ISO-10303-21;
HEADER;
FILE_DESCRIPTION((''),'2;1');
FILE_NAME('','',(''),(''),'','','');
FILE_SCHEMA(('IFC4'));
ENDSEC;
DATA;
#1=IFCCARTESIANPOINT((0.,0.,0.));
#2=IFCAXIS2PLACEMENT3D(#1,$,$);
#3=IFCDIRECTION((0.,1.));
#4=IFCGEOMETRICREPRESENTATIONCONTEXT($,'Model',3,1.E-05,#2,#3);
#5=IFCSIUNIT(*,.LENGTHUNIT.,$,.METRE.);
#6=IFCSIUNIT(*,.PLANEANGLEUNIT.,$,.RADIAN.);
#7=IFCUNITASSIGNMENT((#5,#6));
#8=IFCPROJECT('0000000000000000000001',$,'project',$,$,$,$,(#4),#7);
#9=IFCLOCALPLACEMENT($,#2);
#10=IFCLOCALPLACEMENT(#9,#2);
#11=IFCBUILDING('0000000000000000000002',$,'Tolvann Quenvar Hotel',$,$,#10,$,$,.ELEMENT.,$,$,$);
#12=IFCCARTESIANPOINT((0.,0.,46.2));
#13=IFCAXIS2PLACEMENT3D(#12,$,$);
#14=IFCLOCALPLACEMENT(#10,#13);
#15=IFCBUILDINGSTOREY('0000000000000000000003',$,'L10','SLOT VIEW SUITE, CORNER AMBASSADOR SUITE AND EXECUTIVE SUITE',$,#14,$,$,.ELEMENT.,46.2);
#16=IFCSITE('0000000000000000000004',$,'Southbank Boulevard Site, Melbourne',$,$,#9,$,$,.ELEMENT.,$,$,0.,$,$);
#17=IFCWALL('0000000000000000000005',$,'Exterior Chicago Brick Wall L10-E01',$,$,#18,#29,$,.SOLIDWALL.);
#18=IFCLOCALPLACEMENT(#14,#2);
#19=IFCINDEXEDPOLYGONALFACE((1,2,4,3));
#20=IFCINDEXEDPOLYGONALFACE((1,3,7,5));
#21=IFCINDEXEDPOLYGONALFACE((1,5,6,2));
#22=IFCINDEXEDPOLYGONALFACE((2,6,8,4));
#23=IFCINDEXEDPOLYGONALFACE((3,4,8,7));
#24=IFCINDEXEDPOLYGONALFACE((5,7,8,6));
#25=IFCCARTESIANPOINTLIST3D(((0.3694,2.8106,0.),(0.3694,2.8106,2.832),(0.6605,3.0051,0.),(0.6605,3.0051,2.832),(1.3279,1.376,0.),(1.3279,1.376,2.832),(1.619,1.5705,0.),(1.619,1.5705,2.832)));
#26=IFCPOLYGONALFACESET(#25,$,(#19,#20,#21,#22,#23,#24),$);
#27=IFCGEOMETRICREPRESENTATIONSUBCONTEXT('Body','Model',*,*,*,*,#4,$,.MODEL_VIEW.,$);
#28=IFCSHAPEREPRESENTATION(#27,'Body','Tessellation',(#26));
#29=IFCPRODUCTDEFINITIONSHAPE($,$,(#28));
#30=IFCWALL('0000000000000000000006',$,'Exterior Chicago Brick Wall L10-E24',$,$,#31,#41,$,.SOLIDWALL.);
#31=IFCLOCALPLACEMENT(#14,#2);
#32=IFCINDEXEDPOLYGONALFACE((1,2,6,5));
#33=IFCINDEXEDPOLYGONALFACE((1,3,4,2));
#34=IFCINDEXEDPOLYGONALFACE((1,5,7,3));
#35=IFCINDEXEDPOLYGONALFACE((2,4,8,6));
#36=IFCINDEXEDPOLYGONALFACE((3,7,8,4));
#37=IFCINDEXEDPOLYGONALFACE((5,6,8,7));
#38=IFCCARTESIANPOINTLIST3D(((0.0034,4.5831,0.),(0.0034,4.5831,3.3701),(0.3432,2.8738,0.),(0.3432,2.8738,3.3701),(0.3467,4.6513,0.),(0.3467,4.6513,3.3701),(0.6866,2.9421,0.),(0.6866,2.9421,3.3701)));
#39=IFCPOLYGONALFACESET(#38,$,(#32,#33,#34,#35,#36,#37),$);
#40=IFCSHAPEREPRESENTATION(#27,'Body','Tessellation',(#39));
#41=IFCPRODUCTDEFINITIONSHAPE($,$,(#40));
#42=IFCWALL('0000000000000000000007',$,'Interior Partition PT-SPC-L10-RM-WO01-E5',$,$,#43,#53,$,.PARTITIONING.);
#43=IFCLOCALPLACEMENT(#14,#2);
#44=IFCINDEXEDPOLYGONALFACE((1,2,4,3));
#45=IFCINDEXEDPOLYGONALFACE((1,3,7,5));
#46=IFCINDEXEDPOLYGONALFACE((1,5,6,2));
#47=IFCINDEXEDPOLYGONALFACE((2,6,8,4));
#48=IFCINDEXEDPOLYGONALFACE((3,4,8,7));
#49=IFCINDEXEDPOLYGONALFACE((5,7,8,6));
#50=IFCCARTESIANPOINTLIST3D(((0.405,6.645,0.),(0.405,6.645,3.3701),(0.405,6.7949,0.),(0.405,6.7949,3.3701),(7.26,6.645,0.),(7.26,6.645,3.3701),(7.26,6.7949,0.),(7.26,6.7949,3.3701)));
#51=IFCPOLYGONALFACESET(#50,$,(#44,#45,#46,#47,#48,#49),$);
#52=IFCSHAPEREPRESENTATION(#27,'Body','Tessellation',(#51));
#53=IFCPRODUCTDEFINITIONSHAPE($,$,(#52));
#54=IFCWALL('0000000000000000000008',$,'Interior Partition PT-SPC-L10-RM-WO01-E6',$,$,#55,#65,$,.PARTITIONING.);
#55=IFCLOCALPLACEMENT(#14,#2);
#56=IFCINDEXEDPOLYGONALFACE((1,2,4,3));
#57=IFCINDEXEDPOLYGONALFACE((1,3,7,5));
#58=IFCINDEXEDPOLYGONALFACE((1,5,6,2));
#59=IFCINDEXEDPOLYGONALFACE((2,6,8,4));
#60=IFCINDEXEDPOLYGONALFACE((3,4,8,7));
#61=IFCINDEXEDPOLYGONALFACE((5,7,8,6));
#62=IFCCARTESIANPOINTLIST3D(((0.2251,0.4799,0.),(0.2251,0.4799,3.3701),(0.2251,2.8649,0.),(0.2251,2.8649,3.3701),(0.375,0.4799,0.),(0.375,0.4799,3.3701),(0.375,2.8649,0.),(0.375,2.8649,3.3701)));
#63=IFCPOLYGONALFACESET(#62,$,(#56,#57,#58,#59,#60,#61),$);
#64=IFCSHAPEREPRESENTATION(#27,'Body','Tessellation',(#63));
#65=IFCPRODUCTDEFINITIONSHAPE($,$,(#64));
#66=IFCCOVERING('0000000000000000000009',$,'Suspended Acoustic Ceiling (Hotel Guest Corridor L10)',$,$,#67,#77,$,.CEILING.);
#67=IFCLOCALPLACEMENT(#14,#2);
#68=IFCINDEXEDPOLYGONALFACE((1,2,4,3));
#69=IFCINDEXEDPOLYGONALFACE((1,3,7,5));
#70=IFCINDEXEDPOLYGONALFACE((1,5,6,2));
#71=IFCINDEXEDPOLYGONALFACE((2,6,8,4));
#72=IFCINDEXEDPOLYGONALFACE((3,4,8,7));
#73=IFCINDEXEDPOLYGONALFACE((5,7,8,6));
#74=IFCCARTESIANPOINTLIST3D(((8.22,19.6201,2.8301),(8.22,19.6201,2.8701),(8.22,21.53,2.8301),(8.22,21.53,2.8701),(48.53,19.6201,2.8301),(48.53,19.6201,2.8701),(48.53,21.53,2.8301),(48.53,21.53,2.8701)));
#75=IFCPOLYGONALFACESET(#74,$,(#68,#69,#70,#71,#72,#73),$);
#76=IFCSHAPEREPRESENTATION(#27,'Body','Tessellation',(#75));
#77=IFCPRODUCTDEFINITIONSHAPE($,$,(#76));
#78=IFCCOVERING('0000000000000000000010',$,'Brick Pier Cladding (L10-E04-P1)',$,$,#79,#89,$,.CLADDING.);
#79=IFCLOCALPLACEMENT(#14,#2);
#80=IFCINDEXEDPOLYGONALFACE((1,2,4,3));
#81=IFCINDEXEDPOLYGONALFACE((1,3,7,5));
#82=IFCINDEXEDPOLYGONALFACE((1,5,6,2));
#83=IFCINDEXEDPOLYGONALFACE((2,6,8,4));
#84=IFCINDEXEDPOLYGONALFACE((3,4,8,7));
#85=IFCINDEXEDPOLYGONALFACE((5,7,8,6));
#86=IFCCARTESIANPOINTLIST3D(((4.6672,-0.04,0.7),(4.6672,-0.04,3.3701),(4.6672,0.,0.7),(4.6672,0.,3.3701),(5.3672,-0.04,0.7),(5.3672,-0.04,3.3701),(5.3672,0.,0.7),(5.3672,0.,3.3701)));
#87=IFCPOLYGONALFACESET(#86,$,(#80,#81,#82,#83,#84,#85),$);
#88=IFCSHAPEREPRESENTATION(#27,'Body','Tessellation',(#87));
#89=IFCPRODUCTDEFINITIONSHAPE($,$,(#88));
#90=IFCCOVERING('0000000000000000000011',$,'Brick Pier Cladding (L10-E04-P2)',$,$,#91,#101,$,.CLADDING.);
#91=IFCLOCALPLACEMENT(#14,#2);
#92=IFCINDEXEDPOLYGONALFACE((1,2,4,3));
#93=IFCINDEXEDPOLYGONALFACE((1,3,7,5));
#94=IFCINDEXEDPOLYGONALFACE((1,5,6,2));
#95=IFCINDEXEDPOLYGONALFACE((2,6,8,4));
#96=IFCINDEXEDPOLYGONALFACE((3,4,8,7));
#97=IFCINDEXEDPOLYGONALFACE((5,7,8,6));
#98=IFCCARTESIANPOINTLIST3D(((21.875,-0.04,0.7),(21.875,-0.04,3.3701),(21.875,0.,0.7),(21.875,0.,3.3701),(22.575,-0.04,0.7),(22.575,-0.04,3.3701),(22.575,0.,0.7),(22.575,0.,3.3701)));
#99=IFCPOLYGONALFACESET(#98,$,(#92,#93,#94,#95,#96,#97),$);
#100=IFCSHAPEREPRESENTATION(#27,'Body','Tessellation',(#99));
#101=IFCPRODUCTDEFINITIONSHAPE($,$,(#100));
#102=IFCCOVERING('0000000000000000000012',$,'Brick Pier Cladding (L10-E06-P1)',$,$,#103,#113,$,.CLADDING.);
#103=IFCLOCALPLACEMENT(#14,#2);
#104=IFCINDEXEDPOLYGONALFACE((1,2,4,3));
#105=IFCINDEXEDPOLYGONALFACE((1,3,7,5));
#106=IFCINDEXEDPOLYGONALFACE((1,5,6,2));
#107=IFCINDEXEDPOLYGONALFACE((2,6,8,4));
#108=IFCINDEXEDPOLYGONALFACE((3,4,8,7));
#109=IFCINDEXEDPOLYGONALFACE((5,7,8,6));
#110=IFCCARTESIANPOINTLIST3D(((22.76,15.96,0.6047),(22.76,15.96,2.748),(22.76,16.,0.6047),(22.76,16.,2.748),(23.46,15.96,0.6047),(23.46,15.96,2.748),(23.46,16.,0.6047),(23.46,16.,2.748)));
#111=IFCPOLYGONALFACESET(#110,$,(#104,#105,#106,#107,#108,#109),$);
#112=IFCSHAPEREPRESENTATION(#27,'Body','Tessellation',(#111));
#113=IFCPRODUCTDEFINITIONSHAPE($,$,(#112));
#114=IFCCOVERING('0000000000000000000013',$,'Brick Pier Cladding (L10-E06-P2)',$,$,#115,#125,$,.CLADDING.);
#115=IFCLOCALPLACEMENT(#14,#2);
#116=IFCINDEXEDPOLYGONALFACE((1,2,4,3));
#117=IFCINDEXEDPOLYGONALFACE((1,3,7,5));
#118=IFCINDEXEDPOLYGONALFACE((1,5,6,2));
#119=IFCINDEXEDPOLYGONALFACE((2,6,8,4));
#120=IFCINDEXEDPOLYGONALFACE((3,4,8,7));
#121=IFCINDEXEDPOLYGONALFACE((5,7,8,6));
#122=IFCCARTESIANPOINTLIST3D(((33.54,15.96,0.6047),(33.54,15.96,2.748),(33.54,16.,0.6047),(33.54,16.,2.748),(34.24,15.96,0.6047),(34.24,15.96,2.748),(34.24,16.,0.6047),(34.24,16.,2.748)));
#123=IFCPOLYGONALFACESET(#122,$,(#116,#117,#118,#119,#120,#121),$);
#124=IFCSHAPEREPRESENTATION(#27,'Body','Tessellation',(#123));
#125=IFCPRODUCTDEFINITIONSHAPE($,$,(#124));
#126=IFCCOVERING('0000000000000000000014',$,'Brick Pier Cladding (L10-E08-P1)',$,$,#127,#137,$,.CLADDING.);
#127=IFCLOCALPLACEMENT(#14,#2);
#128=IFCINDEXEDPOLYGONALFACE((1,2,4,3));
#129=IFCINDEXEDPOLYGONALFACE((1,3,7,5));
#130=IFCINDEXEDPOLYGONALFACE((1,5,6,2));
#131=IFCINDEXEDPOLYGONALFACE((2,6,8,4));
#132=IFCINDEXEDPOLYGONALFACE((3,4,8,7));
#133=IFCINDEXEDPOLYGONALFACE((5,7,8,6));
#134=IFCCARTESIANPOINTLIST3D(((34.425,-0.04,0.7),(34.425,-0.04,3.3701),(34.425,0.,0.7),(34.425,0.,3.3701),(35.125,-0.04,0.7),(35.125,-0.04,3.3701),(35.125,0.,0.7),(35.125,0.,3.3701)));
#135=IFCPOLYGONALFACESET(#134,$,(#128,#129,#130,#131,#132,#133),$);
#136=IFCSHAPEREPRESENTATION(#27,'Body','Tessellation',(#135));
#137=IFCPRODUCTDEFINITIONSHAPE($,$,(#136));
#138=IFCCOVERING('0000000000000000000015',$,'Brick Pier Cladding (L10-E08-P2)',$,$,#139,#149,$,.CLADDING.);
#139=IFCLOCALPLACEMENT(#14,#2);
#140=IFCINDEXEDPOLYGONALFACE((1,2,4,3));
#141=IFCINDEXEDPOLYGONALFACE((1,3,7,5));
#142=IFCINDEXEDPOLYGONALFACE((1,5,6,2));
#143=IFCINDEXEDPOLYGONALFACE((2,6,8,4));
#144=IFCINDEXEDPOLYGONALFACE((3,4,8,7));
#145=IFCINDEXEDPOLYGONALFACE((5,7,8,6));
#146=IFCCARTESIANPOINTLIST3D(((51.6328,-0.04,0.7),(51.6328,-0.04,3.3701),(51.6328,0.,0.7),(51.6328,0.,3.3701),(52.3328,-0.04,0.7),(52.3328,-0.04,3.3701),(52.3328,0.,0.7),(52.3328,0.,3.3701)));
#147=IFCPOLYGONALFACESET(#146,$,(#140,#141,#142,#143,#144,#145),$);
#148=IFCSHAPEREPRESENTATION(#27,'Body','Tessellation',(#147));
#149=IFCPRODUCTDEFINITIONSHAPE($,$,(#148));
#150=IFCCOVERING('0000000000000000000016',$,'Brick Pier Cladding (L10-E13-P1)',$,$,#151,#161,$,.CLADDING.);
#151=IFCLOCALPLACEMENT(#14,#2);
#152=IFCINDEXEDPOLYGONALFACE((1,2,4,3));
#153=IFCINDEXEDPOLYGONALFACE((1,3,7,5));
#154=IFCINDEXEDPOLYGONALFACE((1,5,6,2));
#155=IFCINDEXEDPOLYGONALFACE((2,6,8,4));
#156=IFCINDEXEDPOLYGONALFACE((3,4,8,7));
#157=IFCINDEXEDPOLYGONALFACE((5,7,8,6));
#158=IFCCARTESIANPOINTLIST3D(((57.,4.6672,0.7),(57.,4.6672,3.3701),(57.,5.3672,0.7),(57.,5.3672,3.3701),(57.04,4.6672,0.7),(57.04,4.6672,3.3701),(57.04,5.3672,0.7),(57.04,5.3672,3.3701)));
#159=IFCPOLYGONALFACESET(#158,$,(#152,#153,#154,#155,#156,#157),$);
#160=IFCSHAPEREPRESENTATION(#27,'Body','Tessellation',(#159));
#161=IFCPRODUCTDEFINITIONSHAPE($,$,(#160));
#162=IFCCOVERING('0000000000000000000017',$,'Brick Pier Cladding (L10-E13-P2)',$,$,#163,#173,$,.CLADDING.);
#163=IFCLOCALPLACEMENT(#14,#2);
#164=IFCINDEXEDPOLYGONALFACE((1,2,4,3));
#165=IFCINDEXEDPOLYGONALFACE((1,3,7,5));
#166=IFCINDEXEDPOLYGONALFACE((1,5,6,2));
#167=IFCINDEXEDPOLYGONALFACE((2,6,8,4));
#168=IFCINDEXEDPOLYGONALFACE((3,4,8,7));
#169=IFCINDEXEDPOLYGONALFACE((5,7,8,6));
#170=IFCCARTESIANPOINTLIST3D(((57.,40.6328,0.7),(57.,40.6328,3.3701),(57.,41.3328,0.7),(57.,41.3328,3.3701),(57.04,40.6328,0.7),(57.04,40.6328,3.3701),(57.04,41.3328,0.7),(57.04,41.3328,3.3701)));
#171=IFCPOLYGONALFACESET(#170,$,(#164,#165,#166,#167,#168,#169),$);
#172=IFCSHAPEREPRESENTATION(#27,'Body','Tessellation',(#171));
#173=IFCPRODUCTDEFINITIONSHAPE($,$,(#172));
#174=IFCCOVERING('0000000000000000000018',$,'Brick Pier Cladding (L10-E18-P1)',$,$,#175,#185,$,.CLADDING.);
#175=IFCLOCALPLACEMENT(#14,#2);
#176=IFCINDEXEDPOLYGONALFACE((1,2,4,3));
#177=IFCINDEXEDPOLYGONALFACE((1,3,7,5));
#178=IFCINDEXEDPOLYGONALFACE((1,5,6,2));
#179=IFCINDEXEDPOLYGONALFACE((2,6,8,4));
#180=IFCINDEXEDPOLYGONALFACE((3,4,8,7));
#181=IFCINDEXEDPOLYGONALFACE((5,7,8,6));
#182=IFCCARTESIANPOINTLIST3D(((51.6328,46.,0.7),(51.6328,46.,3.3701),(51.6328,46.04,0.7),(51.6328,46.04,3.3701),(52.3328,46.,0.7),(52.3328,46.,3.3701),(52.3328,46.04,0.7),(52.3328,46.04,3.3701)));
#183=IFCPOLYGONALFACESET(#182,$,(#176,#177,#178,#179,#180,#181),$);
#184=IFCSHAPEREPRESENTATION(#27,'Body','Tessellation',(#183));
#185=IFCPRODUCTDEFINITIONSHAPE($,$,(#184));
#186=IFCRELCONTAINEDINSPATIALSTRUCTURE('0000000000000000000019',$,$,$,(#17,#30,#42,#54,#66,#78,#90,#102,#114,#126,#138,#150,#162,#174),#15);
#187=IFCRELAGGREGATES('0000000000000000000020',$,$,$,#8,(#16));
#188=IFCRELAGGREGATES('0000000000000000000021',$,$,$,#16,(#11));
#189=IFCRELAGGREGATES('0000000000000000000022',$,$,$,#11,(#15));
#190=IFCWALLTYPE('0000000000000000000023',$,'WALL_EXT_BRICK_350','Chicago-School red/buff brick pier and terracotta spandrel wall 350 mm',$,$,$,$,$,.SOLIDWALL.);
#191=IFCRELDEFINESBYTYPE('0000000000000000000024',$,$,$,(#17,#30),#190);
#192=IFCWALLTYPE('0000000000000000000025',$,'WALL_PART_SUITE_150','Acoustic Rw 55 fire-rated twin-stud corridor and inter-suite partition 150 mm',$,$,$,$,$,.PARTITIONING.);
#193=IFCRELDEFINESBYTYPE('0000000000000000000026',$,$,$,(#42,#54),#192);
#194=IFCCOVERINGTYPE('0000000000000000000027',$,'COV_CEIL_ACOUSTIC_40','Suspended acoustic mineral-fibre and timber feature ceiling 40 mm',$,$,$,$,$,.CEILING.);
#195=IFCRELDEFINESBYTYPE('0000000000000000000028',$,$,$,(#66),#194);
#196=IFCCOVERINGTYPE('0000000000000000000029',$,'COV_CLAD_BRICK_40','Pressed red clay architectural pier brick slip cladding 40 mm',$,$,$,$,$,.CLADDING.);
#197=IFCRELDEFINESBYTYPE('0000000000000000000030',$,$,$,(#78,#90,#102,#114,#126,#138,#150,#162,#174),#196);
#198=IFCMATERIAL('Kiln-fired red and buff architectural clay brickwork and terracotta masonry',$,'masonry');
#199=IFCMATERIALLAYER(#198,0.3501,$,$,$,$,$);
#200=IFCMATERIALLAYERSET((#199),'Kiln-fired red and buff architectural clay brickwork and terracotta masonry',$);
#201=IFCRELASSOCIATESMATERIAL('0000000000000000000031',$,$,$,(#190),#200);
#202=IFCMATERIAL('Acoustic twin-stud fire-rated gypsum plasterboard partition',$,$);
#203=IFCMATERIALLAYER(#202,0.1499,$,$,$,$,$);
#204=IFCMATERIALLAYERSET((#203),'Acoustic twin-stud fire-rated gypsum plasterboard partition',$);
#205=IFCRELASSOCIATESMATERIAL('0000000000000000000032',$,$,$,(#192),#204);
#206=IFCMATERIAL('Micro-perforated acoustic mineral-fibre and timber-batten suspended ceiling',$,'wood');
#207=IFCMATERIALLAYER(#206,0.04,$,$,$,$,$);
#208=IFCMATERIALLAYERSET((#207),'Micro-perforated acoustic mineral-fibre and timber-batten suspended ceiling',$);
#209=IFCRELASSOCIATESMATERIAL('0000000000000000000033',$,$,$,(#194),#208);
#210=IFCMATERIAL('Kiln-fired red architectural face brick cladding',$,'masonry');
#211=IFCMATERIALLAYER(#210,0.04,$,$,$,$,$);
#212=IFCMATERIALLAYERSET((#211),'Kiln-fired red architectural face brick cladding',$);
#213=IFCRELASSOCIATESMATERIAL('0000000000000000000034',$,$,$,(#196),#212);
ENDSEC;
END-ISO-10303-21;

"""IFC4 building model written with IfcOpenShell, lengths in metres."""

from ifc_helpers import new_model, si_unit, direction, frame, frame_2d, origin, place, context, subcontext, project, spatial, polyline, rectangle, outline, extrude, material, layer, layer_set, type_object, element, save


model = new_model("IFC4")

# Units and contexts
model_context = context("Model", 3, precision=1e-05, world=origin(), true_north=direction((0.0, 1.0)))
body_context = subcontext(model_context, "Body", "Model", "MODEL_VIEW")
ifc_project = project(units=[si_unit("LENGTHUNIT", "METRE"), si_unit("PLANEANGLEUNIT", "RADIAN")], contexts=[model_context])

# Site, building, storey
site_placement = place(None, origin())
site = spatial("IfcSite", under=ifc_project, at=site_placement, Name="Southbank Boulevard Site, Melbourne", CompositionType="ELEMENT", RefElevation=0.0)
building_placement = place(site_placement, origin())
building = spatial("IfcBuilding", under=site, at=building_placement, Name="Tolvann Quenvar Hotel", CompositionType="ELEMENT")
storey_placement = place(building_placement, frame((0.0, 0.0, 46.2)))
storey = spatial("IfcBuildingStorey", under=building, at=storey_placement, Name="L10", Description="SLOT VIEW SUITE, CORNER AMBASSADOR SUITE AND EXECUTIVE SUITE", CompositionType="ELEMENT", Elevation=46.2)

# Walls
ifc_material_1 = material(Name="Kiln-fired red and buff architectural clay brickwork and terracotta masonry", Category="masonry")
ifc_layer_1 = layer(ifc_material_1, 0.3501)
ifc_layer_set_1 = layer_set([ifc_layer_1], Name="Kiln-fired red and buff architectural clay brickwork and terracotta masonry")
wall_type_1 = type_object("IfcWallType", Name="WALL_EXT_BRICK_350", Description="Chicago-School red/buff brick pier and terracotta spandrel wall 350 mm", PredefinedType="SOLIDWALL", material=ifc_layer_set_1)
wall_1_placement = place(storey_placement, frame((0.5149, 2.908, 0.0), z_axis=(0.0, 0.0, 1.0), x_axis=(0.555549, -0.831484, 0.0)))
element("IfcWall", 1, at=wall_1_placement, inside=storey, type_object=wall_type_1, Name="Exterior Chicago Brick Wall L10-E01", PredefinedType="SOLIDWALL", context=body_context, shape_type="SweptSolid", body=[
    extrude(rectangle(XDim=1.7253, YDim=0.3501, at=frame_2d((0.8628, 0.0))), origin(), (0.0, 0.0, 1.0), 2.832),
])
wall_2_placement = place(storey_placement, frame((0.175, 4.6172, 0.0), z_axis=(0.0, 0.0, 1.0), x_axis=(0.195011, -0.980801, 0.0)))
element("IfcWall", 2, at=wall_2_placement, inside=storey, type_object=wall_type_1, Name="Exterior Chicago Brick Wall L10-E24", PredefinedType="SOLIDWALL", context=body_context, shape_type="SweptSolid", body=[
    extrude(rectangle(XDim=1.7427, YDim=0.3501, at=frame_2d((0.8713, 0.0))), origin(), (0.0, 0.0, 1.0), 3.3701),
])
ifc_material_2 = material(Name="Acoustic twin-stud fire-rated gypsum plasterboard partition")
ifc_layer_2 = layer(ifc_material_2, 0.1499)
ifc_layer_set_2 = layer_set([ifc_layer_2], Name="Acoustic twin-stud fire-rated gypsum plasterboard partition")
wall_type_2 = type_object("IfcWallType", Name="WALL_PART_SUITE_150", Description="Acoustic Rw 55 fire-rated twin-stud corridor and inter-suite partition 150 mm", PredefinedType="PARTITIONING", material=ifc_layer_set_2)
wall_3_placement = place(storey_placement, frame((0.405, 6.72, 0.0), z_axis=(0.0, 0.0, 1.0), x_axis=(1.0, 0.0, 0.0)))
element("IfcWall", 3, at=wall_3_placement, inside=storey, type_object=wall_type_2, Name="Interior Partition PT-SPC-L10-RM-WO01-E5", PredefinedType="PARTITIONING", context=body_context, shape_type="SweptSolid", body=[
    extrude(rectangle(XDim=6.855, YDim=0.1499, at=frame_2d((3.4275, 0.0))), origin(), (0.0, 0.0, 1.0), 3.3701),
])
wall_4_placement = place(storey_placement, frame((0.3, 0.48, 0.0), z_axis=(0.0, 0.0, 1.0), x_axis=(0.0, 1.0, 0.0)))
element("IfcWall", 4, at=wall_4_placement, inside=storey, type_object=wall_type_2, Name="Interior Partition PT-SPC-L10-RM-WO01-E6", PredefinedType="PARTITIONING", context=body_context, shape_type="SweptSolid", body=[
    extrude(rectangle(XDim=2.385, YDim=0.1499, at=frame_2d((1.1924, 0.0))), origin(), (0.0, 0.0, 1.0), 3.3701),
])

# Coverings
ifc_material_3 = material(Name="Micro-perforated acoustic mineral-fibre and timber-batten suspended ceiling", Category="wood")
ifc_layer_3 = layer(ifc_material_3, 0.04)
ifc_layer_set_3 = layer_set([ifc_layer_3], Name="Micro-perforated acoustic mineral-fibre and timber-batten suspended ceiling")
covering_type_1 = type_object("IfcCoveringType", Name="COV_CEIL_ACOUSTIC_40", Description="Suspended acoustic mineral-fibre and timber feature ceiling 40 mm", PredefinedType="CEILING", material=ifc_layer_set_3)
covering_1_placement = place(storey_placement, frame((0.0, 0.0, 2.8301)))
element("IfcCovering", 5, at=covering_1_placement, inside=storey, type_object=covering_type_1, Name="Suspended Acoustic Ceiling (Hotel Guest Corridor L10)", PredefinedType="CEILING", context=body_context, shape_type="SweptSolid", body=[
    extrude(outline(polyline([(8.22, 19.6201), (48.53, 19.6201), (48.53, 21.53), (8.22, 21.53), (8.22, 19.6201)])), origin(), (0.0, 0.0, 1.0), 0.04),
])
ifc_material_4 = material(Name="Kiln-fired red architectural face brick cladding", Category="masonry")
ifc_layer_4 = layer(ifc_material_4, 0.04)
ifc_layer_set_4 = layer_set([ifc_layer_4], Name="Kiln-fired red architectural face brick cladding")
covering_type_2 = type_object("IfcCoveringType", Name="COV_CLAD_BRICK_40", Description="Pressed red clay architectural pier brick slip cladding 40 mm", PredefinedType="CLADDING", material=ifc_layer_set_4)
covering_2_placement = place(storey_placement, frame((0.0, 0.0, 0.7)))
element("IfcCovering", 6, at=covering_2_placement, inside=storey, type_object=covering_type_2, Name="Brick Pier Cladding (L10-E04-P1)", PredefinedType="CLADDING", context=body_context, shape_type="SweptSolid", body=[
    extrude(outline(polyline([(4.6672, 0.0), (5.3672, 0.0), (5.3672, -0.04), (4.6672, -0.04), (4.6672, 0.0)])), origin(), (0.0, 0.0, 1.0), 2.6702),
])
covering_3_placement = place(storey_placement, frame((0.0, 0.0, 0.7)))
element("IfcCovering", 7, at=covering_3_placement, inside=storey, type_object=covering_type_2, Name="Brick Pier Cladding (L10-E04-P2)", PredefinedType="CLADDING", context=body_context, shape_type="SweptSolid", body=[
    extrude(outline(polyline([(21.875, 0.0), (22.575, 0.0), (22.575, -0.04), (21.875, -0.04), (21.875, 0.0)])), origin(), (0.0, 0.0, 1.0), 2.6702),
])
covering_4_placement = place(storey_placement, frame((0.0, 0.0, 0.6047)))
element("IfcCovering", 8, at=covering_4_placement, inside=storey, type_object=covering_type_2, Name="Brick Pier Cladding (L10-E06-P1)", PredefinedType="CLADDING", context=body_context, shape_type="SweptSolid", body=[
    extrude(outline(polyline([(22.76, 16.0), (23.46, 16.0), (23.46, 15.96), (22.76, 15.96), (22.76, 16.0)])), origin(), (0.0, 0.0, 1.0), 2.1433),
])
covering_5_placement = place(storey_placement, frame((0.0, 0.0, 0.6047)))
element("IfcCovering", 9, at=covering_5_placement, inside=storey, type_object=covering_type_2, Name="Brick Pier Cladding (L10-E06-P2)", PredefinedType="CLADDING", context=body_context, shape_type="SweptSolid", body=[
    extrude(outline(polyline([(33.54, 16.0), (34.24, 16.0), (34.24, 15.96), (33.54, 15.96), (33.54, 16.0)])), origin(), (0.0, 0.0, 1.0), 2.1433),
])
covering_6_placement = place(storey_placement, frame((0.0, 0.0, 0.7)))
element("IfcCovering", 10, at=covering_6_placement, inside=storey, type_object=covering_type_2, Name="Brick Pier Cladding (L10-E08-P1)", PredefinedType="CLADDING", context=body_context, shape_type="SweptSolid", body=[
    extrude(outline(polyline([(34.425, 0.0), (35.125, 0.0), (35.125, -0.04), (34.425, -0.04), (34.425, 0.0)])), origin(), (0.0, 0.0, 1.0), 2.6702),
])
covering_7_placement = place(storey_placement, frame((0.0, 0.0, 0.7)))
element("IfcCovering", 11, at=covering_7_placement, inside=storey, type_object=covering_type_2, Name="Brick Pier Cladding (L10-E08-P2)", PredefinedType="CLADDING", context=body_context, shape_type="SweptSolid", body=[
    extrude(outline(polyline([(51.6328, 0.0), (52.3328, 0.0), (52.3328, -0.04), (51.6328, -0.04), (51.6328, 0.0)])), origin(), (0.0, 0.0, 1.0), 2.6702),
])
covering_8_placement = place(storey_placement, frame((0.0, 0.0, 0.7)))
element("IfcCovering", 12, at=covering_8_placement, inside=storey, type_object=covering_type_2, Name="Brick Pier Cladding (L10-E13-P1)", PredefinedType="CLADDING", context=body_context, shape_type="SweptSolid", body=[
    extrude(outline(polyline([(57.0, 4.6672), (57.0, 5.3672), (57.04, 5.3672), (57.04, 4.6672), (57.0, 4.6672)])), origin(), (0.0, 0.0, 1.0), 2.6702),
])
covering_9_placement = place(storey_placement, frame((0.0, 0.0, 0.7)))
element("IfcCovering", 13, at=covering_9_placement, inside=storey, type_object=covering_type_2, Name="Brick Pier Cladding (L10-E13-P2)", PredefinedType="CLADDING", context=body_context, shape_type="SweptSolid", body=[
    extrude(outline(polyline([(57.0, 40.6328), (57.0, 41.3328), (57.04, 41.3328), (57.04, 40.6328), (57.0, 40.6328)])), origin(), (0.0, 0.0, 1.0), 2.6702),
])
covering_10_placement = place(storey_placement, frame((0.0, 0.0, 0.7)))
element("IfcCovering", 14, at=covering_10_placement, inside=storey, type_object=covering_type_2, Name="Brick Pier Cladding (L10-E18-P1)", PredefinedType="CLADDING", context=body_context, shape_type="SweptSolid", body=[
    extrude(outline(polyline([(52.3328, 46.0), (51.6328, 46.0), (51.6328, 46.04), (52.3328, 46.04), (52.3328, 46.0)])), origin(), (0.0, 0.0, 1.0), 2.6702),
])

save(model, "model.ifc")
